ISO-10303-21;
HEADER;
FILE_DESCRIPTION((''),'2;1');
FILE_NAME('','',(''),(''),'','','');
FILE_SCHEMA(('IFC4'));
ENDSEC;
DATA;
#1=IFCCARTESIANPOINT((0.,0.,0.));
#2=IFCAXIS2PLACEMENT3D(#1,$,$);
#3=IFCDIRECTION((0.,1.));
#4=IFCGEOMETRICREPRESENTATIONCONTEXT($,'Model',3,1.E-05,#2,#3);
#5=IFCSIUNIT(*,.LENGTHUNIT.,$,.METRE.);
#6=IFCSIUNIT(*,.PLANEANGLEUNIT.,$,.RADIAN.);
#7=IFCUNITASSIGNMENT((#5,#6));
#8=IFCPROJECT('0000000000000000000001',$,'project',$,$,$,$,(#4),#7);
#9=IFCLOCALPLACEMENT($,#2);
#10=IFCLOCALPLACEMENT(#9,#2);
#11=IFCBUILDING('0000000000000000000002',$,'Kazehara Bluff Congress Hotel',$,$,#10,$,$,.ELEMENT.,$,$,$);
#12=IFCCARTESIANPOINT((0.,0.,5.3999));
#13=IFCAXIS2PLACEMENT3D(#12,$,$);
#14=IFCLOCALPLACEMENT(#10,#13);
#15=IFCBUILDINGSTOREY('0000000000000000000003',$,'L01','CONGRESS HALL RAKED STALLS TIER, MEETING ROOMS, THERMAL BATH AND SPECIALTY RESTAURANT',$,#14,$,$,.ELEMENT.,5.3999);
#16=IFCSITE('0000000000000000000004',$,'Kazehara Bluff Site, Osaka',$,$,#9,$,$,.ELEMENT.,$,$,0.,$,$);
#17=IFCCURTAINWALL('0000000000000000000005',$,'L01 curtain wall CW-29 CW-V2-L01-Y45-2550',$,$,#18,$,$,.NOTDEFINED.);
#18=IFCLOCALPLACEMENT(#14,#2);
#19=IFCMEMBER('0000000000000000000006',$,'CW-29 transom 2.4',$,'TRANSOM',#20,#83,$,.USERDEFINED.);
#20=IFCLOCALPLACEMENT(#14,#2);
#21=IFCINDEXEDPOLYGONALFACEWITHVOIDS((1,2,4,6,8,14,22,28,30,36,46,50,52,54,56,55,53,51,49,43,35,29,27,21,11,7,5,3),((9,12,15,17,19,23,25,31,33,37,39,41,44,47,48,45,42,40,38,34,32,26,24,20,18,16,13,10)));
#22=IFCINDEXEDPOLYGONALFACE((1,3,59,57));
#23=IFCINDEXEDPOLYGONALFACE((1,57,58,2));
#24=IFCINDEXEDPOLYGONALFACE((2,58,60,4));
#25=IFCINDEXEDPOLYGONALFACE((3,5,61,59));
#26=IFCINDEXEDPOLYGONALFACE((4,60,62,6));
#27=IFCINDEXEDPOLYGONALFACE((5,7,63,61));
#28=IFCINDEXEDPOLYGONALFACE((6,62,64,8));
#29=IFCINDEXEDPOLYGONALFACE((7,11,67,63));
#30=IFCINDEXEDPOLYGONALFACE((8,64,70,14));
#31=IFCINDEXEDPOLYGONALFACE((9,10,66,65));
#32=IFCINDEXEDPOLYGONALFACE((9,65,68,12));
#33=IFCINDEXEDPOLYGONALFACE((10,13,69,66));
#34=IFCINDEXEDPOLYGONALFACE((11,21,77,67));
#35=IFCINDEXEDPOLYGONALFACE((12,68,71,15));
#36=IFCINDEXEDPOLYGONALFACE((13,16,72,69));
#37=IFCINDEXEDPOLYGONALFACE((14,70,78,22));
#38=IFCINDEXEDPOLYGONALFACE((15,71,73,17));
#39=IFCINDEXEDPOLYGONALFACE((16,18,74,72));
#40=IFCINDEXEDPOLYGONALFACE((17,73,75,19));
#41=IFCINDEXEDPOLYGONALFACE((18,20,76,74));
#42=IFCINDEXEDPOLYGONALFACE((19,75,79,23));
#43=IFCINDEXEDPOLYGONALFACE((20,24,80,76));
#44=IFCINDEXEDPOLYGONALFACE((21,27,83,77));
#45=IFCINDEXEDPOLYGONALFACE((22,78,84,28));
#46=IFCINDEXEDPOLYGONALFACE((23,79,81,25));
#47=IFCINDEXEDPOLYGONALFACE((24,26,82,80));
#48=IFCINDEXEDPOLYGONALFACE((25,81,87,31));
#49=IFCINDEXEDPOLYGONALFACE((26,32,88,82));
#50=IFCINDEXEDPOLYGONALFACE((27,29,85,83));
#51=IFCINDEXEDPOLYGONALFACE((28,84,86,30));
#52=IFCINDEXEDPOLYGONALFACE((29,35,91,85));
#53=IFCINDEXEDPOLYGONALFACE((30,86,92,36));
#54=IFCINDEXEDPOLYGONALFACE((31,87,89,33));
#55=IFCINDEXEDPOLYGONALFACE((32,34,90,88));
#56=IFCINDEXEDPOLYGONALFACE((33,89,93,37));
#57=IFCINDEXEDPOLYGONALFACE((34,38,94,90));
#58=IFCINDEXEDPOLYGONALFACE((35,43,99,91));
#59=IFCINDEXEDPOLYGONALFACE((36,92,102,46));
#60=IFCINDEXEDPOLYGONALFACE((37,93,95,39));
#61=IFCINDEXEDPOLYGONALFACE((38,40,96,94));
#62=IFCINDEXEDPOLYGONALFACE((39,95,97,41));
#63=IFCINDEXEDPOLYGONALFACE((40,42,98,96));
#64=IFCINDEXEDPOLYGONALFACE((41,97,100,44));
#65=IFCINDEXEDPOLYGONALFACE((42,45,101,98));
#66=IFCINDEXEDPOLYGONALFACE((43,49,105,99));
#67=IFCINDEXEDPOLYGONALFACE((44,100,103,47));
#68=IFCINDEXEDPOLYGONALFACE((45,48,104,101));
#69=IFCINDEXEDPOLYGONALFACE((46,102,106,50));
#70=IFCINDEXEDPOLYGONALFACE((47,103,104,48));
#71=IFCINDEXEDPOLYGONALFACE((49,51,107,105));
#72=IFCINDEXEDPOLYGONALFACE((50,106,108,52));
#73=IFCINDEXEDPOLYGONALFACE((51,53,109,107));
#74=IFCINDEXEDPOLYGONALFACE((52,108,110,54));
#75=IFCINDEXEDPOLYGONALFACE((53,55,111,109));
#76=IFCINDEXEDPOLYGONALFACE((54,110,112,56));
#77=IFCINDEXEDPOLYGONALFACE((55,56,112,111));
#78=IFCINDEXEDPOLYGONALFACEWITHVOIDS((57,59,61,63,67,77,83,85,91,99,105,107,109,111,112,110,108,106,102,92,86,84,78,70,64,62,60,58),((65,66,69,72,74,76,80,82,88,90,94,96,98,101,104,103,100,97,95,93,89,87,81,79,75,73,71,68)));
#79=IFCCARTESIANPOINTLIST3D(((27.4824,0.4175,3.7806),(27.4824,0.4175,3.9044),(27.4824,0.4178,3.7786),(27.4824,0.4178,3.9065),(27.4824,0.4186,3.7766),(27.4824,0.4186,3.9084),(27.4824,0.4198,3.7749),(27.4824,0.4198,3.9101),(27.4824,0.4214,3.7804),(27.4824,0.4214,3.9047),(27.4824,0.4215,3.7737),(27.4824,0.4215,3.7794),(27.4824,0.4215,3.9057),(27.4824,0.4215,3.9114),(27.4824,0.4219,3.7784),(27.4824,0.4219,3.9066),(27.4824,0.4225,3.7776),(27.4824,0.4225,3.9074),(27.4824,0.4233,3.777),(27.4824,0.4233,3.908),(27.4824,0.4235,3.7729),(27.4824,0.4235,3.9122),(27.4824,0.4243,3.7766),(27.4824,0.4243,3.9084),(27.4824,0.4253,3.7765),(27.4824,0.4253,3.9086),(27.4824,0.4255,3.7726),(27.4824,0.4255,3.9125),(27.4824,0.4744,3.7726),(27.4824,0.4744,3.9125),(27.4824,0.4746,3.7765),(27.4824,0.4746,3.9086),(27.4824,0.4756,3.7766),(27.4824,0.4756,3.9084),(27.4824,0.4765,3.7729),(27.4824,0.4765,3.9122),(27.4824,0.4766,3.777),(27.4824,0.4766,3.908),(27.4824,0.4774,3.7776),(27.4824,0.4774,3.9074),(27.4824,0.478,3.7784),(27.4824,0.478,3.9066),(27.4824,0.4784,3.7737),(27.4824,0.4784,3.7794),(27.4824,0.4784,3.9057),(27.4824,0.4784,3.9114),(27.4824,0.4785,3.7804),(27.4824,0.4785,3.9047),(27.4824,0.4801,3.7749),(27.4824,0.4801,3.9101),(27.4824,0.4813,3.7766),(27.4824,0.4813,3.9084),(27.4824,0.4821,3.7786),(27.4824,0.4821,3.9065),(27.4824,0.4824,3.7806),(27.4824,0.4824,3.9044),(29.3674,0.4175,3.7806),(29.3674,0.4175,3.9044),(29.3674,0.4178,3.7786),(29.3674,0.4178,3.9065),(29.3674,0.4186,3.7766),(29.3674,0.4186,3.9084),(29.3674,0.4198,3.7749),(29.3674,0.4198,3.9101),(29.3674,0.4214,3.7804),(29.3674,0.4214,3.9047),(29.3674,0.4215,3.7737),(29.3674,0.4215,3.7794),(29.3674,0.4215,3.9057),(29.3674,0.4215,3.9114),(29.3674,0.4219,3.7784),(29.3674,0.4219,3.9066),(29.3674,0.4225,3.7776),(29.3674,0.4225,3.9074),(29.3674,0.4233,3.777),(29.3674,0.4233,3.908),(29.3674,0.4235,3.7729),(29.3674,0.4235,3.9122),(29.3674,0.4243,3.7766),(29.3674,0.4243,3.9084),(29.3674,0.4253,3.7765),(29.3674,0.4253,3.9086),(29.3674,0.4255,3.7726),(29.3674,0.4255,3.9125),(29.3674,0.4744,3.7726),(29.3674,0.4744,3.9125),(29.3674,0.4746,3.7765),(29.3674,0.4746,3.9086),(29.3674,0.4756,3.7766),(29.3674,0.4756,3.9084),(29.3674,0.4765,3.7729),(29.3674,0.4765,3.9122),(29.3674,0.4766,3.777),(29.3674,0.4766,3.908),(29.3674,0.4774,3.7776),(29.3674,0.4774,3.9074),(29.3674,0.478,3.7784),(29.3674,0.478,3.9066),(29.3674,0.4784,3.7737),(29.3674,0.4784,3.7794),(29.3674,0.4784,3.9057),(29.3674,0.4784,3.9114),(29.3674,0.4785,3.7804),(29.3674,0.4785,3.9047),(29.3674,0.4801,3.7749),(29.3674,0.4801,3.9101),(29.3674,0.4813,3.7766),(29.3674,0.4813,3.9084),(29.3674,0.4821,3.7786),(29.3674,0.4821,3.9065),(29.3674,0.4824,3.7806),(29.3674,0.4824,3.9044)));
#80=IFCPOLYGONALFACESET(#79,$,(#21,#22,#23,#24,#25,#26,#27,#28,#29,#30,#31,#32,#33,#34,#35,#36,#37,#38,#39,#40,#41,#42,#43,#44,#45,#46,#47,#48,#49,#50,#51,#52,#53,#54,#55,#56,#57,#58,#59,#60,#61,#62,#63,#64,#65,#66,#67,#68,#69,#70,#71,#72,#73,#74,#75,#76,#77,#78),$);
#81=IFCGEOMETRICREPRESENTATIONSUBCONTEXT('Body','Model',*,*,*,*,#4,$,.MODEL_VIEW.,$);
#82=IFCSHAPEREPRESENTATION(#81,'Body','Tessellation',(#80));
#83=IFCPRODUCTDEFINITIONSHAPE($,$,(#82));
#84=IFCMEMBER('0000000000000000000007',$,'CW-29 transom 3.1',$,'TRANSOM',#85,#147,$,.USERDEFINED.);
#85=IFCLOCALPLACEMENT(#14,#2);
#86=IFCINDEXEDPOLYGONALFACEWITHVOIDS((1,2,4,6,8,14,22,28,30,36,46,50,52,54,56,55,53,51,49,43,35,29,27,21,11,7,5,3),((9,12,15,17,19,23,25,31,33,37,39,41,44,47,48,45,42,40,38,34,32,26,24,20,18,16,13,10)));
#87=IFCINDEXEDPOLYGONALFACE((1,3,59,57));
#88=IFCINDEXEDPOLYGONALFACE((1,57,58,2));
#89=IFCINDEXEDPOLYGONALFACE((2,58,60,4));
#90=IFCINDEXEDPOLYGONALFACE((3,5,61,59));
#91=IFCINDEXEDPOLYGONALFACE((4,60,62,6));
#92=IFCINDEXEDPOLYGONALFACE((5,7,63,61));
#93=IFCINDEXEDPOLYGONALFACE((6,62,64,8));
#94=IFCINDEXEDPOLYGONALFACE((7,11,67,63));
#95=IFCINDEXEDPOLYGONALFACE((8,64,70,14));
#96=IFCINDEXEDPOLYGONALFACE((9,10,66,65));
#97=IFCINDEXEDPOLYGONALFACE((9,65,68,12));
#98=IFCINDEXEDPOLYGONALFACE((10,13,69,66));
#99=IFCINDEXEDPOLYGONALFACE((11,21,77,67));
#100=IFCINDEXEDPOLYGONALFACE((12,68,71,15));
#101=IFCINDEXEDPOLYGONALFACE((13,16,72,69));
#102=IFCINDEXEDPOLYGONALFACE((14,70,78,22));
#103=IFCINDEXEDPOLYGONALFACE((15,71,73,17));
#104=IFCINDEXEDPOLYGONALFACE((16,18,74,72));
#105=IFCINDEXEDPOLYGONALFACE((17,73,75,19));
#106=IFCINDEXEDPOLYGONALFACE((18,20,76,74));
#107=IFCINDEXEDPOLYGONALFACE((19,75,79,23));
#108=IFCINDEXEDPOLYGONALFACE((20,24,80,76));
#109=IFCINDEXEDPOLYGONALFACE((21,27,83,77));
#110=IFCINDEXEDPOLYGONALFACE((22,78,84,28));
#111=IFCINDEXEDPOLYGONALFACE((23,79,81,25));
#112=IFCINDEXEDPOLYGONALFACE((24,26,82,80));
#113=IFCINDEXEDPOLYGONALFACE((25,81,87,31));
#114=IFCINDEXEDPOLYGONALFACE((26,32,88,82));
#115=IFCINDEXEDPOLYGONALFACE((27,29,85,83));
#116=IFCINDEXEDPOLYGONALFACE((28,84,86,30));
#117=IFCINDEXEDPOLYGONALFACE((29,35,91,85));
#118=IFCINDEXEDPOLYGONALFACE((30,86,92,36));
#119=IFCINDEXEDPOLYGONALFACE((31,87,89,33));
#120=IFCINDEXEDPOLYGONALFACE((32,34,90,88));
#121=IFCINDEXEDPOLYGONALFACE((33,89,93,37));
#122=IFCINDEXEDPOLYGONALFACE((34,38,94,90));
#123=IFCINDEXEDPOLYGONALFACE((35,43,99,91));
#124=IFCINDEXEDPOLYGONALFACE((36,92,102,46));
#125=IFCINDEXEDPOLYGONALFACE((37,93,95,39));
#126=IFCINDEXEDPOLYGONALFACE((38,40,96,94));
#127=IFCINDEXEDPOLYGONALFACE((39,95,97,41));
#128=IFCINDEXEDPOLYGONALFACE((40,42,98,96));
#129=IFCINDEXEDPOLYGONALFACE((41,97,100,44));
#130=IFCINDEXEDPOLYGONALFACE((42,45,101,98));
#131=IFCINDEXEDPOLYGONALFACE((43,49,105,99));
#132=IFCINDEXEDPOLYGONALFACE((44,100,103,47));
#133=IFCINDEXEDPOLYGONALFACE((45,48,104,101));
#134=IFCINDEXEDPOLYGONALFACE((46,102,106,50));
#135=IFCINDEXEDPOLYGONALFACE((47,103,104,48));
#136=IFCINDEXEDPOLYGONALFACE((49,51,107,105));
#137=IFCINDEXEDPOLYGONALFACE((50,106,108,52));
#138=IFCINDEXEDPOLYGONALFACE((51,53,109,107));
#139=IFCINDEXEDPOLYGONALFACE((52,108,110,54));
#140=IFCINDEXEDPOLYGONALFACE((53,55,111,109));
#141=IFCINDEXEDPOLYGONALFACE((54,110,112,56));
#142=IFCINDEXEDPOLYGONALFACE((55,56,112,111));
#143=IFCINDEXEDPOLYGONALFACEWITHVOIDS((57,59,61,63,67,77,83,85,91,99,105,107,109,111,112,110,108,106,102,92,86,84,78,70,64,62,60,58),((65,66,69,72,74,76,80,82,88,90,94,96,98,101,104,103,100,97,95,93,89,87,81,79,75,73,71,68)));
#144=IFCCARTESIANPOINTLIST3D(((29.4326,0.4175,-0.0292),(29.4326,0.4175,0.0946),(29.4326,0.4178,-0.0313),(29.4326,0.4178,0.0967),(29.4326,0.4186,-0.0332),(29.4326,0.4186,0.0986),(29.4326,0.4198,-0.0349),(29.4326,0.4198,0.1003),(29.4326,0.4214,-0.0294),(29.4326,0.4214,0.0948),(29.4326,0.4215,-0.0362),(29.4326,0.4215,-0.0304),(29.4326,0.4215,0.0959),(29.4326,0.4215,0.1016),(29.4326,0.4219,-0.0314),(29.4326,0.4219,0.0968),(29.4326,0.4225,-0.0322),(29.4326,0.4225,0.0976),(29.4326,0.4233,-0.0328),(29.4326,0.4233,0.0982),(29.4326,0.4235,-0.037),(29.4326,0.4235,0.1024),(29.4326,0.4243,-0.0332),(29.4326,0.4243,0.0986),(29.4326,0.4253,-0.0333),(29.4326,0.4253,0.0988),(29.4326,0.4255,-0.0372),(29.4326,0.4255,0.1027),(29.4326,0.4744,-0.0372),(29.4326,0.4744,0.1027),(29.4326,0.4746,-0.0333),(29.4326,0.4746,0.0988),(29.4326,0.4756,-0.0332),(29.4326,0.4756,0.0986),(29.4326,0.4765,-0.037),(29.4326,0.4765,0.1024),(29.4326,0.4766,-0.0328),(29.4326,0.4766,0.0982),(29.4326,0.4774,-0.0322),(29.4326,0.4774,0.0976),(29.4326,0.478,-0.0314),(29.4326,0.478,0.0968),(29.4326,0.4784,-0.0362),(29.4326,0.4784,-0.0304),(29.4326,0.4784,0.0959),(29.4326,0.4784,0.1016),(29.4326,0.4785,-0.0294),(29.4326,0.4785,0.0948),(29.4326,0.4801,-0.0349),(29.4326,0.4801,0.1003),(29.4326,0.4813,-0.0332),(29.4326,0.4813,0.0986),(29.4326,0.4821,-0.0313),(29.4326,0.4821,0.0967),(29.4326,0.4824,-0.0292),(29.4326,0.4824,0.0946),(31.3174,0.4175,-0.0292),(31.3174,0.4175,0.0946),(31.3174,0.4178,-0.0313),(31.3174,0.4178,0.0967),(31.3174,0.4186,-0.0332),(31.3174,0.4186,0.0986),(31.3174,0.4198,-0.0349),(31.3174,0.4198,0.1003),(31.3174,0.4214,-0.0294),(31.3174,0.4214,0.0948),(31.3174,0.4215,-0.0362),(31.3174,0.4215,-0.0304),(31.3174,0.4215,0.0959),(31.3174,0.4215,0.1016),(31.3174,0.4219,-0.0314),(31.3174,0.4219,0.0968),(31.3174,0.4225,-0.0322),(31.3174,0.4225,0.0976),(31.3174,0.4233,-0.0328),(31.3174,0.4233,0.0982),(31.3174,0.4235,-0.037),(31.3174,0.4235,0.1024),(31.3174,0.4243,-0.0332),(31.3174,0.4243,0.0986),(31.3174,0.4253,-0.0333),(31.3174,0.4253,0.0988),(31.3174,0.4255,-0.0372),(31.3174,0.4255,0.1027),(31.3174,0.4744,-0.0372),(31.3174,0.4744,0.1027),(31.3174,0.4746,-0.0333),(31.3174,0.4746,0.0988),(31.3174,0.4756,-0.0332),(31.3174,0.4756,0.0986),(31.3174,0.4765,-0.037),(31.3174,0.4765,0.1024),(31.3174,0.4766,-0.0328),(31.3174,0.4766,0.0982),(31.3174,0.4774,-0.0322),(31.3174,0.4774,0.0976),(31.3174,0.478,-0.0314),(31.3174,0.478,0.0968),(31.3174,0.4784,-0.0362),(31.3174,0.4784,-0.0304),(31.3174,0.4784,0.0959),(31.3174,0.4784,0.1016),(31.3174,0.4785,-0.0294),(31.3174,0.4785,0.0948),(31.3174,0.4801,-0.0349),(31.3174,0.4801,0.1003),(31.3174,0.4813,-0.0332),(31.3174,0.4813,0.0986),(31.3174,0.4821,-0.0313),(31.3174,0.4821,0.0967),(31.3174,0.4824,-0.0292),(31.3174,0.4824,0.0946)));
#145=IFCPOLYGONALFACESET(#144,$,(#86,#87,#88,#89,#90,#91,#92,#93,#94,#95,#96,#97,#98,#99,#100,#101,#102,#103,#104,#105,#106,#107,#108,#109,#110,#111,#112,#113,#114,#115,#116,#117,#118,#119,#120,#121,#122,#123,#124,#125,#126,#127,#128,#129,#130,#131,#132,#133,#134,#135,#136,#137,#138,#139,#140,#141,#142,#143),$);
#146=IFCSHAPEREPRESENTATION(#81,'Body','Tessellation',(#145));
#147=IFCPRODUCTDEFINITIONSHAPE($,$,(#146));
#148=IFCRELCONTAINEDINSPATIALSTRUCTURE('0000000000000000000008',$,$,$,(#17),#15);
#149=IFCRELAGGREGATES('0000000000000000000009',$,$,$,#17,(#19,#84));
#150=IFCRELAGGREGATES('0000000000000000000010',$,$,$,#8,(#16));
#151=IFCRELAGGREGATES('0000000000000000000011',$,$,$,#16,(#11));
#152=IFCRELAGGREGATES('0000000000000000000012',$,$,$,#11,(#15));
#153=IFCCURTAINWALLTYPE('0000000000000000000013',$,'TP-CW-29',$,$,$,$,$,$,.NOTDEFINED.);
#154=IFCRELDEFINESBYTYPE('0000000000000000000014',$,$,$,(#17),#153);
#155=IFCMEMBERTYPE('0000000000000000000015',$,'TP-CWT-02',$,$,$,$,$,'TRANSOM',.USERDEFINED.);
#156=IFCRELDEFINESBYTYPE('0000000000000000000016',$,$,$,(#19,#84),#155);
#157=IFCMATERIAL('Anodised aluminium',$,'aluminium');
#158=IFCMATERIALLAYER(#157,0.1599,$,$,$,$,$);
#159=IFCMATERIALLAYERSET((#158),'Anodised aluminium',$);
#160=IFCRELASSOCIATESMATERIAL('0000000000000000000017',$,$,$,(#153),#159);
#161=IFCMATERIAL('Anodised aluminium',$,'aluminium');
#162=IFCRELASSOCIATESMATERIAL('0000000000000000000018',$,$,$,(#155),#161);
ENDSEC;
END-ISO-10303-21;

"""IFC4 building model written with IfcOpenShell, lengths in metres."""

from ifc_helpers import new_model, si_unit, direction, frame, origin, origin_2d, place, context, subcontext, project, spatial, hollow_rectangle, extrude, material, layer, layer_set, material_profile, profile_set, type_object, element, aggregate, save


model = new_model("IFC4")

# Units and contexts
model_context = context("Model", 3, precision=1e-05, world=origin(), true_north=direction((0.0, 1.0)))
body_context = subcontext(model_context, "Body", "Model", "MODEL_VIEW")
ifc_project = project(units=[si_unit("LENGTHUNIT", "METRE"), si_unit("PLANEANGLEUNIT", "RADIAN")], contexts=[model_context])

# Site, building, storey
site_placement = place(None, origin())
site = spatial("IfcSite", under=ifc_project, at=site_placement, Name="Kazehara Bluff Site, Osaka", CompositionType="ELEMENT", RefElevation=0.0)
building_placement = place(site_placement, origin())
building = spatial("IfcBuilding", under=site, at=building_placement, Name="Kazehara Bluff Congress Hotel", CompositionType="ELEMENT")
storey_placement = place(building_placement, frame((0.0, 0.0, 5.3999)))
storey = spatial("IfcBuildingStorey", under=building, at=storey_placement, Name="L01", Description="CONGRESS HALL RAKED STALLS TIER, MEETING ROOMS, THERMAL BATH AND SPECIALTY RESTAURANT", CompositionType="ELEMENT", Elevation=5.3999)

# Curtain wall, members
ifc_material_1 = material(Name="Anodised aluminium", Category="aluminium")
ifc_layer_1 = layer(ifc_material_1, 0.1599)
ifc_layer_set_1 = layer_set([ifc_layer_1], Name="Anodised aluminium")
curtain_wall_type = type_object("IfcCurtainWallType", Name="TP-CW-29", PredefinedType="NOTDEFINED", material=ifc_layer_set_1)
curtain_wall_placement = place(storey_placement, origin())
curtain_wall = element("IfcCurtainWall", 1, at=curtain_wall_placement, inside=storey, type_object=curtain_wall_type, Name="L01 curtain wall CW-29 CW-V2-L01-Y45-2550", PredefinedType="NOTDEFINED")
ifc_material_2 = material(Name="Anodised aluminium", Category="aluminium")
ifc_material_profile_1 = material_profile(ifc_material_2, hollow_rectangle(XDim=0.0649, YDim=0.1399, WallThickness=0.0039, InnerFilletRadius=0.0039, OuterFilletRadius=0.0081, at=origin_2d()))
ifc_profile_set_1 = profile_set([ifc_material_profile_1], Name="Anodised aluminium")
member_type_1 = type_object("IfcMemberType", Name="TP-CWT-02", ElementType="TRANSOM", PredefinedType="USERDEFINED", material=ifc_profile_set_1)
member_1_placement = place(storey_placement, frame((27.4824, 0.45, 3.8425), z_axis=(1.0, 0.0, 0.0), x_axis=(0.0, 1.0, 0.0)))
member_1 = element("IfcMember", 2, at=member_1_placement, type_object=member_type_1, Name="CW-29 transom 2.4", ObjectType="TRANSOM", PredefinedType="USERDEFINED", context=body_context, shape_type="SweptSolid", body=[
    extrude(hollow_rectangle(XDim=0.0649, YDim=0.1399, WallThickness=0.0039, InnerFilletRadius=0.0039, OuterFilletRadius=0.0081, at=origin_2d()), origin(), (0.0, 0.0, 1.0), 1.885),
])
member_2_placement = place(storey_placement, frame((29.4326, 0.45, 0.0327), z_axis=(1.0, 0.0, 0.0), x_axis=(0.0, 1.0, 0.0)))
member_2 = element("IfcMember", 3, at=member_2_placement, type_object=member_type_1, Name="CW-29 transom 3.1", ObjectType="TRANSOM", PredefinedType="USERDEFINED", context=body_context, shape_type="SweptSolid", body=[
    extrude(hollow_rectangle(XDim=0.0649, YDim=0.1399, WallThickness=0.0039, InnerFilletRadius=0.0039, OuterFilletRadius=0.0081, at=origin_2d()), origin(), (0.0, 0.0, 1.0), 1.8848),
])
aggregate(curtain_wall, [member_1, member_2])

save(model, "model.ifc")
